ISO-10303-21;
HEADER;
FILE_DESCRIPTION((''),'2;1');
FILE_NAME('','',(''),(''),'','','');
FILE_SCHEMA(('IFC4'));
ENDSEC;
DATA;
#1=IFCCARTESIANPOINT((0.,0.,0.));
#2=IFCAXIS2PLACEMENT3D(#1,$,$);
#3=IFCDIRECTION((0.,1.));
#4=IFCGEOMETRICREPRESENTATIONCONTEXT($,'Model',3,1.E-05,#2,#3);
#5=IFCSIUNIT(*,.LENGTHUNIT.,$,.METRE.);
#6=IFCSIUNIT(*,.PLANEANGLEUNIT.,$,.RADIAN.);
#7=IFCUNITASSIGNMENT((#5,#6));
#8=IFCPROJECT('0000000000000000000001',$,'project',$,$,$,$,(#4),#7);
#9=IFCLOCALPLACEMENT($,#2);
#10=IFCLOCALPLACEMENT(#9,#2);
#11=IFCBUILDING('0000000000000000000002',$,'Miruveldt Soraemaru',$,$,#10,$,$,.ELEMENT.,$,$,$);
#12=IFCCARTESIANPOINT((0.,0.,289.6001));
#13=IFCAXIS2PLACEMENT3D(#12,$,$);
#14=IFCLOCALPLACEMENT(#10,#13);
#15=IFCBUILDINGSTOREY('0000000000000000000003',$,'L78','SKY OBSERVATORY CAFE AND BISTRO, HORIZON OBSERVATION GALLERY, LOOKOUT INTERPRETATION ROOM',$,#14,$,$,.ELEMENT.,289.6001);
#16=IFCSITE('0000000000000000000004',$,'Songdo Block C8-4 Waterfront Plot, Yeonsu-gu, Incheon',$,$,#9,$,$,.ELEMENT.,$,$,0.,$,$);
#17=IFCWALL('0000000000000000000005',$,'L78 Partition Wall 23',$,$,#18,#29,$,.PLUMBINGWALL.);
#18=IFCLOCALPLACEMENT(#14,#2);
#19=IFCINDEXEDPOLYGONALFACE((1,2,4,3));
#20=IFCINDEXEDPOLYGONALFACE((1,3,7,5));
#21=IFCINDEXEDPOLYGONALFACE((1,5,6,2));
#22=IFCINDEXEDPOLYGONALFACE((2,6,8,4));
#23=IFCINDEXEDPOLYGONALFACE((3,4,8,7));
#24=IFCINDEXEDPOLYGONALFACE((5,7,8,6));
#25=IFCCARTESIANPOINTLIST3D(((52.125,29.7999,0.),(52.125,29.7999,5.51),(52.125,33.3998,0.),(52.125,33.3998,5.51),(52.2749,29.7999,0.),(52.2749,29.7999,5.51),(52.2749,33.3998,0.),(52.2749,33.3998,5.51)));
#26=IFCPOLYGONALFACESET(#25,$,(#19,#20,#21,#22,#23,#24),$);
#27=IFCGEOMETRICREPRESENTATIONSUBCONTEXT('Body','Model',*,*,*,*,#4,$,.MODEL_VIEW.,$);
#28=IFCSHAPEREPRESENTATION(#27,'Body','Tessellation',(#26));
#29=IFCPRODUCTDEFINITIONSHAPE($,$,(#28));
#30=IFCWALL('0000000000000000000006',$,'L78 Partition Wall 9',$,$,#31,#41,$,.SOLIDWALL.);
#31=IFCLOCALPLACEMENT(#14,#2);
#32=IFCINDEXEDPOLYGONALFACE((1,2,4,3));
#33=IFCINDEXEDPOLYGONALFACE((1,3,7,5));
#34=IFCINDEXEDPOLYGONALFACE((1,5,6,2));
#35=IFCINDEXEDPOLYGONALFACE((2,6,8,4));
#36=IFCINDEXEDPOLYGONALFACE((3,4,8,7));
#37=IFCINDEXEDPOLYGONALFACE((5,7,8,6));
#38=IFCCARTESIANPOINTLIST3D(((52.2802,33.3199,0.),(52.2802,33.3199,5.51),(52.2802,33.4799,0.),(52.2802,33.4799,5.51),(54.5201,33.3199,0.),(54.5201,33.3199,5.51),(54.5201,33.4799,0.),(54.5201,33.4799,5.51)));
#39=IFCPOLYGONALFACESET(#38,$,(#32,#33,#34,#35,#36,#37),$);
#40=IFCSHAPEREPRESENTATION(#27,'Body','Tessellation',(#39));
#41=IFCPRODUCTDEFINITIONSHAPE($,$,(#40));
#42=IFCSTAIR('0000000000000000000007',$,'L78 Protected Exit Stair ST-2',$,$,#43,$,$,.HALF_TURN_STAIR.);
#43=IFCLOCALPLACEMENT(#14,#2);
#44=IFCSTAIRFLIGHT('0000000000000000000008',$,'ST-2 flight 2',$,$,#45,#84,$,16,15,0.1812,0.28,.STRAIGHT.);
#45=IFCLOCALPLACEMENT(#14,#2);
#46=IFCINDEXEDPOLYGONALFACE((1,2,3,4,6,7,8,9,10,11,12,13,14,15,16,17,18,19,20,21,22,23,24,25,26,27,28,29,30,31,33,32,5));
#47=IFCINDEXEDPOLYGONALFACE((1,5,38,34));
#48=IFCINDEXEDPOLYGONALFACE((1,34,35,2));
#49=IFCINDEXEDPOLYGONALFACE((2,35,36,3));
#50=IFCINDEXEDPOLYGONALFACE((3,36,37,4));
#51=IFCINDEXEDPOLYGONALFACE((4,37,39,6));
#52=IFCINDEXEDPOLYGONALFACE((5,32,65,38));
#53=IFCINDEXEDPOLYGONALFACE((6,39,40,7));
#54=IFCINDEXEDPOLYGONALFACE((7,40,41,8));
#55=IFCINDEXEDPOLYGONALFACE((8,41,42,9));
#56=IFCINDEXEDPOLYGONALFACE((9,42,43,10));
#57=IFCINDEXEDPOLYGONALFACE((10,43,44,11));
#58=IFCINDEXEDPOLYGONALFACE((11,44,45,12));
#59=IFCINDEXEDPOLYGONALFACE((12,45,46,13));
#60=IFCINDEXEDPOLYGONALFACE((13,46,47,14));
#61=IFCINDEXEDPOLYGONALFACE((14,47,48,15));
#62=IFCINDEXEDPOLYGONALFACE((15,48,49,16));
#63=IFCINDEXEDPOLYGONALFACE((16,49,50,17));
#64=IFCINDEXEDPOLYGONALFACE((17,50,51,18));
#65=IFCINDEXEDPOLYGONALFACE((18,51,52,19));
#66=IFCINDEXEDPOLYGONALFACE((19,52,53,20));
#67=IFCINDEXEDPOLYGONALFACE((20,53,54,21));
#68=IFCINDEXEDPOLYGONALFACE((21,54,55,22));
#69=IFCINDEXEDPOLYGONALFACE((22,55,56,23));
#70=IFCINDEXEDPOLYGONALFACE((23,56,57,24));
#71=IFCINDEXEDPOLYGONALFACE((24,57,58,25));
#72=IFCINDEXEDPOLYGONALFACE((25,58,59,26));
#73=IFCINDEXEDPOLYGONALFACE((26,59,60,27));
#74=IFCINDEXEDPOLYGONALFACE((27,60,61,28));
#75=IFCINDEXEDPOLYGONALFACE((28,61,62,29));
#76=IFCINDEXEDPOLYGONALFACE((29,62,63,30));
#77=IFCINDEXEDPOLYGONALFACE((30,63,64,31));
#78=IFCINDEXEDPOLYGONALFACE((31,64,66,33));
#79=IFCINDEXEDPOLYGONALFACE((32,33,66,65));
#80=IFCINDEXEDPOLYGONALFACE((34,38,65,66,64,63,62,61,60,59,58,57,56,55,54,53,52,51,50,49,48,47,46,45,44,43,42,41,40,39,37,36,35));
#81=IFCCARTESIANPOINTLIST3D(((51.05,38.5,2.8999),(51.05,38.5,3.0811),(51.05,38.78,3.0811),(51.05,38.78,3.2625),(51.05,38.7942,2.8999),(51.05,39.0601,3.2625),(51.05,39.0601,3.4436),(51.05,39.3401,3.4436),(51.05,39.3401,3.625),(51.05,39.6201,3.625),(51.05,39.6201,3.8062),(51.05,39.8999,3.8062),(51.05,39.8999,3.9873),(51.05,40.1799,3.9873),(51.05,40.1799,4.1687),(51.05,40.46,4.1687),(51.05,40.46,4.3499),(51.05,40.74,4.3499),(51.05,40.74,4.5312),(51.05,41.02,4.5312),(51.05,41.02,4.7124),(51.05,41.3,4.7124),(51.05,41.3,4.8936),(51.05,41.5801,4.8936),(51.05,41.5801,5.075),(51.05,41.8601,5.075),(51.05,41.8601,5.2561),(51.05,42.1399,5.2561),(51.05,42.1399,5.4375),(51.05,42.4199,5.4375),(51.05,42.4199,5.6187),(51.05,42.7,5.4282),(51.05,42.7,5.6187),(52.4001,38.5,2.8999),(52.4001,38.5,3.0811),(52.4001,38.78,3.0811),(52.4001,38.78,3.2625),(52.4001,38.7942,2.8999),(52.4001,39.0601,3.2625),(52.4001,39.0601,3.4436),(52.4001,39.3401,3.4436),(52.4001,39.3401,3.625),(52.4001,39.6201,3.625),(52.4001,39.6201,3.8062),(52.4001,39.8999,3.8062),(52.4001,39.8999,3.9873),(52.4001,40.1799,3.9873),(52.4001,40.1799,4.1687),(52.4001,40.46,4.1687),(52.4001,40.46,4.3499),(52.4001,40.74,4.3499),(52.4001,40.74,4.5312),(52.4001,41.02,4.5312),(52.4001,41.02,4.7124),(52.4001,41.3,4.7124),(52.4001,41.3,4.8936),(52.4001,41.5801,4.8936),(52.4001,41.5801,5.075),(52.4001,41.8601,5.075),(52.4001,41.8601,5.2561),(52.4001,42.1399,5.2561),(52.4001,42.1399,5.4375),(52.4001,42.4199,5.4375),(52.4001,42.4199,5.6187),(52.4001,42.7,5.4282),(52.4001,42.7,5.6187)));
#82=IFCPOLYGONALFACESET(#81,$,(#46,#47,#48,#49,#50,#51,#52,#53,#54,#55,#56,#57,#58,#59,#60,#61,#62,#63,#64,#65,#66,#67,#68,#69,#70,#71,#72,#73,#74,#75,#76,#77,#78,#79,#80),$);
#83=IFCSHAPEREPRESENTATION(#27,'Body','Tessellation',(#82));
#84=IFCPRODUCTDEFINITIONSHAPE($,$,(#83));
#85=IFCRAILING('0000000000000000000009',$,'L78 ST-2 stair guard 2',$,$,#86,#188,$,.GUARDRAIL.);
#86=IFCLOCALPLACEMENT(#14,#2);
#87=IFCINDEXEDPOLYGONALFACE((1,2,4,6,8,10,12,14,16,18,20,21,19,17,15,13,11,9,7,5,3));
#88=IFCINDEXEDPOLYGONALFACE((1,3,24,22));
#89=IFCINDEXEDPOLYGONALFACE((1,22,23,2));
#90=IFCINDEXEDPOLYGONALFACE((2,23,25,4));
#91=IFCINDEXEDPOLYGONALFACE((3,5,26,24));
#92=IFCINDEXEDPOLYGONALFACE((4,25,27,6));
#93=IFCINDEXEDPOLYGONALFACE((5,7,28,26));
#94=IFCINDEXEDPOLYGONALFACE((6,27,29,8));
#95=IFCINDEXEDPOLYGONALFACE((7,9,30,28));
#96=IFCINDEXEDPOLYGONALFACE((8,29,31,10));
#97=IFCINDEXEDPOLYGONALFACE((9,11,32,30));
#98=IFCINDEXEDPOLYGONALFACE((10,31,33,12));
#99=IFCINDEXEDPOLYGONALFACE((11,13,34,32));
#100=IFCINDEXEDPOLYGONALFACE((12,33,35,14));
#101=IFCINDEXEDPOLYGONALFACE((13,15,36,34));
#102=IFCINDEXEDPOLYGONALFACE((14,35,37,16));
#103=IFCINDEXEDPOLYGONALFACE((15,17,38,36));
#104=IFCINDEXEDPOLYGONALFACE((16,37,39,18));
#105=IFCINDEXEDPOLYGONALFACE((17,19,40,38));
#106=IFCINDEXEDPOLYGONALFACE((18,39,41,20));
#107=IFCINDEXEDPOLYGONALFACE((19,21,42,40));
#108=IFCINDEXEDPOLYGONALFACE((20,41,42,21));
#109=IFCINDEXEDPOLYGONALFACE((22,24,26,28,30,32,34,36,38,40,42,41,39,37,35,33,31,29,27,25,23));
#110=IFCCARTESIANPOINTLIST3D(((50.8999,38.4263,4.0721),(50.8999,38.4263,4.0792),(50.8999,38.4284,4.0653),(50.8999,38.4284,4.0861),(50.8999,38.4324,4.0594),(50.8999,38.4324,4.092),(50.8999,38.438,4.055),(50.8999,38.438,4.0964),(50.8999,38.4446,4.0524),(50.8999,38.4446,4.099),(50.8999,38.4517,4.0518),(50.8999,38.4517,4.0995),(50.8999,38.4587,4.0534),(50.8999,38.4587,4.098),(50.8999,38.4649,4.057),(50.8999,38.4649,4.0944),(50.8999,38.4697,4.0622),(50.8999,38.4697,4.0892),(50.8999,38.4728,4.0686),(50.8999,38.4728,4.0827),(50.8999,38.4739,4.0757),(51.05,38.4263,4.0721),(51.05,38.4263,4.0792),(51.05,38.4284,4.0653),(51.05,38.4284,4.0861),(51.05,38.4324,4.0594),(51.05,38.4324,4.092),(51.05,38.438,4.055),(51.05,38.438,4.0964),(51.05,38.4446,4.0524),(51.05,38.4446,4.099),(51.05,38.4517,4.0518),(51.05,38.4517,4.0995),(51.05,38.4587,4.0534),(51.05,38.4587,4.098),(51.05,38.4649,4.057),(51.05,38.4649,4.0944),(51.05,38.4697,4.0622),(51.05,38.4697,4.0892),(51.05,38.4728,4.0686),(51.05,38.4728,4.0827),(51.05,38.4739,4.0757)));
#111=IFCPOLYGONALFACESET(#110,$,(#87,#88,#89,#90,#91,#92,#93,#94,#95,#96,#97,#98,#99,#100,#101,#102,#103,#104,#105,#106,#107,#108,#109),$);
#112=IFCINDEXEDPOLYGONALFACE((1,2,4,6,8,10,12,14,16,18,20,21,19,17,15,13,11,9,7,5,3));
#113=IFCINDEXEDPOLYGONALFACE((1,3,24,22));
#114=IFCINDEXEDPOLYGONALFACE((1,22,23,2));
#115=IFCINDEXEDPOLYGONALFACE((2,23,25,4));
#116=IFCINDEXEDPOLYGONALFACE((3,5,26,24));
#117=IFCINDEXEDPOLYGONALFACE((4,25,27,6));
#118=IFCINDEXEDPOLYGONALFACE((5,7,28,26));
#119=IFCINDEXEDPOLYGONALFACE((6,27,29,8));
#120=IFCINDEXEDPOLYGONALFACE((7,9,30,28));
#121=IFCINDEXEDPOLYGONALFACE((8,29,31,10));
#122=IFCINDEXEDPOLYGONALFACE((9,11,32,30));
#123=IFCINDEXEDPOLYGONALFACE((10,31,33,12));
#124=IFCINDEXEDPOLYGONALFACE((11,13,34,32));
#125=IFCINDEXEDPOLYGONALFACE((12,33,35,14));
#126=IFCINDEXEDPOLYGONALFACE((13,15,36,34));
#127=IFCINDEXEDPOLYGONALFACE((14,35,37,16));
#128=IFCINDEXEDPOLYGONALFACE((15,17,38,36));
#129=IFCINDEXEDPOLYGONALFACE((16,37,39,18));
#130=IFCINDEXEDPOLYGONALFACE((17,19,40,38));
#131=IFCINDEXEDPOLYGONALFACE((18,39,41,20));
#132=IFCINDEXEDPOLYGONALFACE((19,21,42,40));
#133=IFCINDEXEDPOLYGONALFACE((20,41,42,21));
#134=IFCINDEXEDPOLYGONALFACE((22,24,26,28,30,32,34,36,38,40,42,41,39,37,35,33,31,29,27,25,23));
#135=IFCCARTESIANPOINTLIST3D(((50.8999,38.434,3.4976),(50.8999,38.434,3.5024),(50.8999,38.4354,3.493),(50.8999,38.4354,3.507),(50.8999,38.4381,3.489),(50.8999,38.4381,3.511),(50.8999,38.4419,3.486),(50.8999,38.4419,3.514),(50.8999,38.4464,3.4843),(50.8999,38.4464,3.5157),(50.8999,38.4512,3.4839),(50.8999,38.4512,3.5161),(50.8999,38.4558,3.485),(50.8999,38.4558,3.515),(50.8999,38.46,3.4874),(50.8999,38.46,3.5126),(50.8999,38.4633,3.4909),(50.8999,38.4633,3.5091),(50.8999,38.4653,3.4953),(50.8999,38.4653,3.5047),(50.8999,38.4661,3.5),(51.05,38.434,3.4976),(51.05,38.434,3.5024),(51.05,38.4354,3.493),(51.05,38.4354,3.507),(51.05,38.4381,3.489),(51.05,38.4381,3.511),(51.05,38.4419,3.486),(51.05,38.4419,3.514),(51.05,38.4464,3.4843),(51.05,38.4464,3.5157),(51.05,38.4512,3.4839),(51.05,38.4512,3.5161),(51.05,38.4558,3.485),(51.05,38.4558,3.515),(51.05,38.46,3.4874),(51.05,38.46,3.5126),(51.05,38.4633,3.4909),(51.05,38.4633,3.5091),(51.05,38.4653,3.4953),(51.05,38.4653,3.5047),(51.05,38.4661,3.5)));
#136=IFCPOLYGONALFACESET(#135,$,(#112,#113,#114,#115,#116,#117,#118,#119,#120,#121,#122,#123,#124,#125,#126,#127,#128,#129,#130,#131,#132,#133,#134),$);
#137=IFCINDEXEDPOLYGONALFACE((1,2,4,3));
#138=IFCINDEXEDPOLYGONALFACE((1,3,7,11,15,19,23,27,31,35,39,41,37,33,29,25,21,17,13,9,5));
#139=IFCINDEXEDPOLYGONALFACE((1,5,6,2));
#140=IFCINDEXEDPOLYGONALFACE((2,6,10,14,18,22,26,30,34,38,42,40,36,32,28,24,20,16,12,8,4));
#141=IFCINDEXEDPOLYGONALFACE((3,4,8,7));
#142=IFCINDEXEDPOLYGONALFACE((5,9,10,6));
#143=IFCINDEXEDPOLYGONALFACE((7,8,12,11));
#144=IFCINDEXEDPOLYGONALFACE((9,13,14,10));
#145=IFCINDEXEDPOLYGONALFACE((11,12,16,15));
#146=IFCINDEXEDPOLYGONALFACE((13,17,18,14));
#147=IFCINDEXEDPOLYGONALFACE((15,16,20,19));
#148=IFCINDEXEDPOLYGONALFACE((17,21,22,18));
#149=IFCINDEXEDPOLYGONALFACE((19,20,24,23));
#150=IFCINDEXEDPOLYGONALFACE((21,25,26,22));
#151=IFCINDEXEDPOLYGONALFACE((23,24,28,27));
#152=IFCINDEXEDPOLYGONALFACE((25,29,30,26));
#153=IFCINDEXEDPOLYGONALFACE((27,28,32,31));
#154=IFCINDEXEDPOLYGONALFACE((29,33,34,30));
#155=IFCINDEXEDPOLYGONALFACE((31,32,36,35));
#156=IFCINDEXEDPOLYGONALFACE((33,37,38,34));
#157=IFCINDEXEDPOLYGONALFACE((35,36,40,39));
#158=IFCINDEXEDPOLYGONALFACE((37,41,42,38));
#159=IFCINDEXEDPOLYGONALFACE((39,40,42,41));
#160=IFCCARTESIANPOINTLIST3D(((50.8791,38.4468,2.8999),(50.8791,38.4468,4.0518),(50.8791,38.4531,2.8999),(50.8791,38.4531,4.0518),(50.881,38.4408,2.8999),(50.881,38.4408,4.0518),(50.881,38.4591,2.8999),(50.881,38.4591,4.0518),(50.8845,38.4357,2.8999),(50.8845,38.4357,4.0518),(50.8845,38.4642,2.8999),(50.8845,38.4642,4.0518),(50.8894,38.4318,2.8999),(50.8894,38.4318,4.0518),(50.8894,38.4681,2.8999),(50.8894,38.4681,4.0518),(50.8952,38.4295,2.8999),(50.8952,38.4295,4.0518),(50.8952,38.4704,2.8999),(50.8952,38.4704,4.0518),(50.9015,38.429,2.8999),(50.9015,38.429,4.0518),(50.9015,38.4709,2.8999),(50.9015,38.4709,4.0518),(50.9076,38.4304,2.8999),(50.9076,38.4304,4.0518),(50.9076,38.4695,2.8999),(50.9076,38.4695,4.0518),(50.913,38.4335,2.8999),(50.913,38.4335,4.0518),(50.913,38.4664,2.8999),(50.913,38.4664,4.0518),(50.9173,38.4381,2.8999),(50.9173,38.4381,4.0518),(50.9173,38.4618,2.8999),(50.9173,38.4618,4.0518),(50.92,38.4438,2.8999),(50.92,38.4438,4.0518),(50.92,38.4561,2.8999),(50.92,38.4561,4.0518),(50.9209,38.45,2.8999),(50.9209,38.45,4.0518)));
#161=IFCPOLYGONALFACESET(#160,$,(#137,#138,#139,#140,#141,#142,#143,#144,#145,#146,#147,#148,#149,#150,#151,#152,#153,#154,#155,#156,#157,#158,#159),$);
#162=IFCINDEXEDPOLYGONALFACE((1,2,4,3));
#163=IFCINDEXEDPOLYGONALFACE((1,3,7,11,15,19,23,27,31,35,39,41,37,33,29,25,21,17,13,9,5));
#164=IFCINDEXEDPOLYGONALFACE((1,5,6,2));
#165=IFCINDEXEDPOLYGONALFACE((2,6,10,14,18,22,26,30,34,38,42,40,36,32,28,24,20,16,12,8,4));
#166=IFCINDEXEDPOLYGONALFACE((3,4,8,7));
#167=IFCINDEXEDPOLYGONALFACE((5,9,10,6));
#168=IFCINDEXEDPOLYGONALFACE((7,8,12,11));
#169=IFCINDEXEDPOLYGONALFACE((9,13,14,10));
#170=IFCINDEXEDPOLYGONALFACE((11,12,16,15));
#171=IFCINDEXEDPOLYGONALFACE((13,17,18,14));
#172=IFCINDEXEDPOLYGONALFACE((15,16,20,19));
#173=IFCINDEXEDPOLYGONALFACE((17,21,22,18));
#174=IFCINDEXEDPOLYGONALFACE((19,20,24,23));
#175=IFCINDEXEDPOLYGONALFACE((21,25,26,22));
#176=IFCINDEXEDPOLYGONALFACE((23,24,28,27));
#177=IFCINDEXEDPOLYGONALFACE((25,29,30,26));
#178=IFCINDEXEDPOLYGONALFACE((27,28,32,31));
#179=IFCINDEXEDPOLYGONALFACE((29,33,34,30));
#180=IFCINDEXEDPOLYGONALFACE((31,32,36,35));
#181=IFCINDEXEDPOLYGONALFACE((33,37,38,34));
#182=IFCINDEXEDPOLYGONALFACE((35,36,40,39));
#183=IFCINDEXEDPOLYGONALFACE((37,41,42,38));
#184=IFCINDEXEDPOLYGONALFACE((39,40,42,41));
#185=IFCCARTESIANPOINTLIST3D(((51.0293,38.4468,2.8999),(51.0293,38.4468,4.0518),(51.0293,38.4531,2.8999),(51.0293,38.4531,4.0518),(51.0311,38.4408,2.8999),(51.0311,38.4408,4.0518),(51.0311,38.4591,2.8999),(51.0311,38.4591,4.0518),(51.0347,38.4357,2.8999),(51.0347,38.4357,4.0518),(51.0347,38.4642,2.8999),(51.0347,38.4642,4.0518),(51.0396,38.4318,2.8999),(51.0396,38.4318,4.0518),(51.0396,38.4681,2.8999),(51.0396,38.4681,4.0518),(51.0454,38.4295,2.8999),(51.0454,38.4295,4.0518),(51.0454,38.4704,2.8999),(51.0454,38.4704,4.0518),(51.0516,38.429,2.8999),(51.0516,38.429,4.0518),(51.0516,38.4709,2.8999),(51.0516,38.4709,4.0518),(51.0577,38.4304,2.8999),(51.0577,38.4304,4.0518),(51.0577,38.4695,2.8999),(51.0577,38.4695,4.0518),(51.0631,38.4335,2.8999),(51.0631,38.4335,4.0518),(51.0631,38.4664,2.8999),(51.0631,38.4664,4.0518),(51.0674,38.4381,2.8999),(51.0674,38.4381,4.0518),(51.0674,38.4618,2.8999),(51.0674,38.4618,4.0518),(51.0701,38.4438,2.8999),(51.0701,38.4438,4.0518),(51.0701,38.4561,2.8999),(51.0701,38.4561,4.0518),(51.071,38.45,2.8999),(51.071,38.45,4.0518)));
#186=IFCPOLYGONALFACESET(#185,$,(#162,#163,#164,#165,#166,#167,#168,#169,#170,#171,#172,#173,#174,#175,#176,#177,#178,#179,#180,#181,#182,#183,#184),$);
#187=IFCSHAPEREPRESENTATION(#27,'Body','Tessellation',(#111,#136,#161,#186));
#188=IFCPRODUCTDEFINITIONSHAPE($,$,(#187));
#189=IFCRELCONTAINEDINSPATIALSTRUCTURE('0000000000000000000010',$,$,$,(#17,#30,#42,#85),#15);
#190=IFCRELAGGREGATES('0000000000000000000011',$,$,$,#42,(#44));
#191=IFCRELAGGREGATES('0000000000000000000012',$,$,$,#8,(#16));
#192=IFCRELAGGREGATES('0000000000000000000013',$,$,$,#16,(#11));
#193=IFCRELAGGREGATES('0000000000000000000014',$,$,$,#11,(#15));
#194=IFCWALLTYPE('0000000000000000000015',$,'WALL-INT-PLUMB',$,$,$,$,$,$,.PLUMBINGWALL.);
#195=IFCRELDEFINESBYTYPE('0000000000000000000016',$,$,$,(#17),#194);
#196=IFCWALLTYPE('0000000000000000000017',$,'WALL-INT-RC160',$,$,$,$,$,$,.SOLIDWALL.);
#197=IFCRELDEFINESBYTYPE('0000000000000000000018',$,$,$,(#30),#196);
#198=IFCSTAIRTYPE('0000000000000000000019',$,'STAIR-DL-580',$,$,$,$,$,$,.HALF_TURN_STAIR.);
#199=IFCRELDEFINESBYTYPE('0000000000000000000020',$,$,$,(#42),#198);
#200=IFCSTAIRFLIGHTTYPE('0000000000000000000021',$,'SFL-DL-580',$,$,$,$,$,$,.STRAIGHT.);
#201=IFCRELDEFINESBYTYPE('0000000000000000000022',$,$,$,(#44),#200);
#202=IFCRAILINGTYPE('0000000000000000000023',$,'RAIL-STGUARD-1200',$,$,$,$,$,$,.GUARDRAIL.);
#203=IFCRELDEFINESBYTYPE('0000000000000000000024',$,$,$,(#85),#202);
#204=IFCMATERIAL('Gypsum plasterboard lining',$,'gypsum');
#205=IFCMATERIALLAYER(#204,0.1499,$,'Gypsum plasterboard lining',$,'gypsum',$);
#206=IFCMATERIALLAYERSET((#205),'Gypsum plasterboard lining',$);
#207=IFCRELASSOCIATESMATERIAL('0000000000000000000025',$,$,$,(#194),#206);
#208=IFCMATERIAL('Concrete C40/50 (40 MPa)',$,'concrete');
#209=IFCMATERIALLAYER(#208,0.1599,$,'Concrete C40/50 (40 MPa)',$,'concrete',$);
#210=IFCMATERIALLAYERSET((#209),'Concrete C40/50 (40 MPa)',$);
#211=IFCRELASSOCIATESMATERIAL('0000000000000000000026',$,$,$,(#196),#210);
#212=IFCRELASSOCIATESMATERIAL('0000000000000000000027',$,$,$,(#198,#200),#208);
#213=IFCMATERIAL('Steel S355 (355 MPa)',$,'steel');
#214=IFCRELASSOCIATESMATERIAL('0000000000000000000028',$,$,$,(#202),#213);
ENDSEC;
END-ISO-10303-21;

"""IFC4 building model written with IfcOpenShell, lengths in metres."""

from ifc_helpers import new_model, si_unit, direction, frame, frame_2d, origin, origin_2d, place, context, subcontext, project, spatial, polyline, rectangle, circle, outline, extrude, material, layer, layer_set, type_object, element, aggregate, save


model = new_model("IFC4")

# Units and contexts
model_context = context("Model", 3, precision=1e-05, world=origin(), true_north=direction((0.0, 1.0)))
body_context = subcontext(model_context, "Body", "Model", "MODEL_VIEW")
ifc_project = project(units=[si_unit("LENGTHUNIT", "METRE"), si_unit("PLANEANGLEUNIT", "RADIAN")], contexts=[model_context])

# Site, building, storey
site_placement = place(None, origin())
site = spatial("IfcSite", under=ifc_project, at=site_placement, Name="Songdo Block C8-4 Waterfront Plot, Yeonsu-gu, Incheon", CompositionType="ELEMENT", RefElevation=0.0)
building_placement = place(site_placement, origin())
building = spatial("IfcBuilding", under=site, at=building_placement, Name="Miruveldt Soraemaru", CompositionType="ELEMENT")
storey_placement = place(building_placement, frame((0.0, 0.0, 289.6001)))
storey = spatial("IfcBuildingStorey", under=building, at=storey_placement, Name="L78", Description="SKY OBSERVATORY CAFE AND BISTRO, HORIZON OBSERVATION GALLERY, LOOKOUT INTERPRETATION ROOM", CompositionType="ELEMENT", Elevation=289.6001)

# Walls
ifc_material_1 = material(Name="Gypsum plasterboard lining", Category="gypsum")
ifc_layer_1 = layer(ifc_material_1, 0.1499, Name="Gypsum plasterboard lining", Category="gypsum")
ifc_layer_set_1 = layer_set([ifc_layer_1], Name="Gypsum plasterboard lining")
wall_type_1 = type_object("IfcWallType", Name="WALL-INT-PLUMB", PredefinedType="PLUMBINGWALL", material=ifc_layer_set_1)
wall_1_placement = place(storey_placement, frame((52.2, 29.8, 0.0), z_axis=(0.0, 0.0, 1.0), x_axis=(0.0, 1.0, 0.0)))
element("IfcWall", 1, at=wall_1_placement, inside=storey, type_object=wall_type_1, Name="L78 Partition Wall 23", PredefinedType="PLUMBINGWALL", context=body_context, shape_type="SweptSolid", body=[
    extrude(rectangle(XDim=3.5999, YDim=0.1499, at=frame_2d((1.7998, 0.0))), origin(), (0.0, 0.0, 1.0), 5.51),
])
ifc_material_2 = material(Name="Concrete C40/50 (40 MPa)", Category="concrete")
ifc_layer_2 = layer(ifc_material_2, 0.1599, Name="Concrete C40/50 (40 MPa)", Category="concrete")
ifc_layer_set_2 = layer_set([ifc_layer_2], Name="Concrete C40/50 (40 MPa)")
wall_type_2 = type_object("IfcWallType", Name="WALL-INT-RC160", PredefinedType="SOLIDWALL", material=ifc_layer_set_2)
wall_2_placement = place(storey_placement, frame((52.28, 33.3999, 0.0), z_axis=(0.0, 0.0, 1.0), x_axis=(1.0, 0.0, 0.0)))
element("IfcWall", 2, at=wall_2_placement, inside=storey, type_object=wall_type_2, Name="L78 Partition Wall 9", PredefinedType="SOLIDWALL", context=body_context, shape_type="SweptSolid", body=[
    extrude(rectangle(XDim=2.24, YDim=0.1599, at=frame_2d((1.1201, 0.0))), origin(), (0.0, 0.0, 1.0), 5.51),
])

# Stair, stair flight
stair_type = type_object("IfcStairType", Name="STAIR-DL-580", PredefinedType="HALF_TURN_STAIR", material=ifc_material_2)
stair_placement = place(storey_placement, origin())
stair = element("IfcStair", 3, at=stair_placement, inside=storey, type_object=stair_type, Name="L78 Protected Exit Stair ST-2", PredefinedType="HALF_TURN_STAIR")
stair_flight_type = type_object("IfcStairFlightType", Name="SFL-DL-580", PredefinedType="STRAIGHT", material=ifc_material_2)
stair_flight_placement = place(storey_placement, frame((51.7251, 38.5, 2.8999), z_axis=(0.0, 0.0, 1.0), x_axis=(0.0, 1.0, 0.0)))
stair_flight = element("IfcStairFlight", 4, at=stair_flight_placement, type_object=stair_flight_type, Name="ST-2 flight 2", NumberOfRisers=16, NumberOfTreads=15, PredefinedType="STRAIGHT", RiserHeight=0.1812, TreadLength=0.28, context=body_context, shape_type="SweptSolid", body=[
    extrude(outline(polyline([(0.0, 0.0), (0.0, 0.1812), (0.28, 0.1812), (0.28, 0.3625), (0.5601, 0.3625), (0.5601, 0.5437), (0.8401, 0.5437), (0.8401, 0.7251), (1.1201, 0.7251), (1.1201, 0.9062), (1.3999, 0.9062), (1.3999, 1.0874), (1.6799, 1.0874), (1.6799, 1.2688), (1.96, 1.2688), (1.96, 1.45), (2.24, 1.45), (2.24, 1.6313), (2.52, 1.6313), (2.52, 1.8125), (2.8, 1.8125), (2.8, 1.9937), (3.0801, 1.9937), (3.0801, 2.175), (3.3601, 2.175), (3.3601, 2.3562), (3.6399, 2.3562), (3.6399, 2.5376), (3.9199, 2.5376), (3.9199, 2.7188), (4.2, 2.7188), (4.2, 2.8999), (4.2, 2.5283), (0.2942, 0.0), (0.0, 0.0)])), frame((0.0, 0.675, 0.0), z_axis=(0.0, -1.0, 0.0), x_axis=(1.0, 0.0, 0.0)), (0.0, 0.0, 1.0), 1.3501),
])
aggregate(stair, [stair_flight])

# Railing
ifc_material_3 = material(Name="Steel S355 (355 MPa)", Category="steel")
railing_type_1 = type_object("IfcRailingType", Name="RAIL-STGUARD-1200", PredefinedType="GUARDRAIL", material=ifc_material_3)
railing_1_placement = place(storey_placement, frame((50.8999, 38.45, 2.8999)))
element("IfcRailing", 5, at=railing_1_placement, inside=storey, type_object=railing_type_1, Name="L78 ST-2 stair guard 2", PredefinedType="GUARDRAIL", context=body_context, shape_type="SweptSolid", body=[
    extrude(circle(Radius=0.0239, at=origin_2d()), frame((0.0, 0.0, 1.1758), z_axis=(1.0, 0.0, 0.0), x_axis=(0.0, 1.0, 0.0)), (0.0, 0.0, 1.0), 0.1501),
    extrude(circle(Radius=0.0161, at=origin_2d()), frame((0.0, 0.0, 0.6001), z_axis=(1.0, 0.0, 0.0), x_axis=(0.0, 1.0, 0.0)), (0.0, 0.0, 1.0), 0.1501),
    extrude(circle(Radius=0.021, at=origin_2d()), origin(), (0.0, 0.0, 1.0), 1.1519),
    extrude(circle(Radius=0.021, at=origin_2d()), frame((0.1501, 0.0, 0.0)), (0.0, 0.0, 1.0), 1.1519),
])

save(model, "model.ifc")
